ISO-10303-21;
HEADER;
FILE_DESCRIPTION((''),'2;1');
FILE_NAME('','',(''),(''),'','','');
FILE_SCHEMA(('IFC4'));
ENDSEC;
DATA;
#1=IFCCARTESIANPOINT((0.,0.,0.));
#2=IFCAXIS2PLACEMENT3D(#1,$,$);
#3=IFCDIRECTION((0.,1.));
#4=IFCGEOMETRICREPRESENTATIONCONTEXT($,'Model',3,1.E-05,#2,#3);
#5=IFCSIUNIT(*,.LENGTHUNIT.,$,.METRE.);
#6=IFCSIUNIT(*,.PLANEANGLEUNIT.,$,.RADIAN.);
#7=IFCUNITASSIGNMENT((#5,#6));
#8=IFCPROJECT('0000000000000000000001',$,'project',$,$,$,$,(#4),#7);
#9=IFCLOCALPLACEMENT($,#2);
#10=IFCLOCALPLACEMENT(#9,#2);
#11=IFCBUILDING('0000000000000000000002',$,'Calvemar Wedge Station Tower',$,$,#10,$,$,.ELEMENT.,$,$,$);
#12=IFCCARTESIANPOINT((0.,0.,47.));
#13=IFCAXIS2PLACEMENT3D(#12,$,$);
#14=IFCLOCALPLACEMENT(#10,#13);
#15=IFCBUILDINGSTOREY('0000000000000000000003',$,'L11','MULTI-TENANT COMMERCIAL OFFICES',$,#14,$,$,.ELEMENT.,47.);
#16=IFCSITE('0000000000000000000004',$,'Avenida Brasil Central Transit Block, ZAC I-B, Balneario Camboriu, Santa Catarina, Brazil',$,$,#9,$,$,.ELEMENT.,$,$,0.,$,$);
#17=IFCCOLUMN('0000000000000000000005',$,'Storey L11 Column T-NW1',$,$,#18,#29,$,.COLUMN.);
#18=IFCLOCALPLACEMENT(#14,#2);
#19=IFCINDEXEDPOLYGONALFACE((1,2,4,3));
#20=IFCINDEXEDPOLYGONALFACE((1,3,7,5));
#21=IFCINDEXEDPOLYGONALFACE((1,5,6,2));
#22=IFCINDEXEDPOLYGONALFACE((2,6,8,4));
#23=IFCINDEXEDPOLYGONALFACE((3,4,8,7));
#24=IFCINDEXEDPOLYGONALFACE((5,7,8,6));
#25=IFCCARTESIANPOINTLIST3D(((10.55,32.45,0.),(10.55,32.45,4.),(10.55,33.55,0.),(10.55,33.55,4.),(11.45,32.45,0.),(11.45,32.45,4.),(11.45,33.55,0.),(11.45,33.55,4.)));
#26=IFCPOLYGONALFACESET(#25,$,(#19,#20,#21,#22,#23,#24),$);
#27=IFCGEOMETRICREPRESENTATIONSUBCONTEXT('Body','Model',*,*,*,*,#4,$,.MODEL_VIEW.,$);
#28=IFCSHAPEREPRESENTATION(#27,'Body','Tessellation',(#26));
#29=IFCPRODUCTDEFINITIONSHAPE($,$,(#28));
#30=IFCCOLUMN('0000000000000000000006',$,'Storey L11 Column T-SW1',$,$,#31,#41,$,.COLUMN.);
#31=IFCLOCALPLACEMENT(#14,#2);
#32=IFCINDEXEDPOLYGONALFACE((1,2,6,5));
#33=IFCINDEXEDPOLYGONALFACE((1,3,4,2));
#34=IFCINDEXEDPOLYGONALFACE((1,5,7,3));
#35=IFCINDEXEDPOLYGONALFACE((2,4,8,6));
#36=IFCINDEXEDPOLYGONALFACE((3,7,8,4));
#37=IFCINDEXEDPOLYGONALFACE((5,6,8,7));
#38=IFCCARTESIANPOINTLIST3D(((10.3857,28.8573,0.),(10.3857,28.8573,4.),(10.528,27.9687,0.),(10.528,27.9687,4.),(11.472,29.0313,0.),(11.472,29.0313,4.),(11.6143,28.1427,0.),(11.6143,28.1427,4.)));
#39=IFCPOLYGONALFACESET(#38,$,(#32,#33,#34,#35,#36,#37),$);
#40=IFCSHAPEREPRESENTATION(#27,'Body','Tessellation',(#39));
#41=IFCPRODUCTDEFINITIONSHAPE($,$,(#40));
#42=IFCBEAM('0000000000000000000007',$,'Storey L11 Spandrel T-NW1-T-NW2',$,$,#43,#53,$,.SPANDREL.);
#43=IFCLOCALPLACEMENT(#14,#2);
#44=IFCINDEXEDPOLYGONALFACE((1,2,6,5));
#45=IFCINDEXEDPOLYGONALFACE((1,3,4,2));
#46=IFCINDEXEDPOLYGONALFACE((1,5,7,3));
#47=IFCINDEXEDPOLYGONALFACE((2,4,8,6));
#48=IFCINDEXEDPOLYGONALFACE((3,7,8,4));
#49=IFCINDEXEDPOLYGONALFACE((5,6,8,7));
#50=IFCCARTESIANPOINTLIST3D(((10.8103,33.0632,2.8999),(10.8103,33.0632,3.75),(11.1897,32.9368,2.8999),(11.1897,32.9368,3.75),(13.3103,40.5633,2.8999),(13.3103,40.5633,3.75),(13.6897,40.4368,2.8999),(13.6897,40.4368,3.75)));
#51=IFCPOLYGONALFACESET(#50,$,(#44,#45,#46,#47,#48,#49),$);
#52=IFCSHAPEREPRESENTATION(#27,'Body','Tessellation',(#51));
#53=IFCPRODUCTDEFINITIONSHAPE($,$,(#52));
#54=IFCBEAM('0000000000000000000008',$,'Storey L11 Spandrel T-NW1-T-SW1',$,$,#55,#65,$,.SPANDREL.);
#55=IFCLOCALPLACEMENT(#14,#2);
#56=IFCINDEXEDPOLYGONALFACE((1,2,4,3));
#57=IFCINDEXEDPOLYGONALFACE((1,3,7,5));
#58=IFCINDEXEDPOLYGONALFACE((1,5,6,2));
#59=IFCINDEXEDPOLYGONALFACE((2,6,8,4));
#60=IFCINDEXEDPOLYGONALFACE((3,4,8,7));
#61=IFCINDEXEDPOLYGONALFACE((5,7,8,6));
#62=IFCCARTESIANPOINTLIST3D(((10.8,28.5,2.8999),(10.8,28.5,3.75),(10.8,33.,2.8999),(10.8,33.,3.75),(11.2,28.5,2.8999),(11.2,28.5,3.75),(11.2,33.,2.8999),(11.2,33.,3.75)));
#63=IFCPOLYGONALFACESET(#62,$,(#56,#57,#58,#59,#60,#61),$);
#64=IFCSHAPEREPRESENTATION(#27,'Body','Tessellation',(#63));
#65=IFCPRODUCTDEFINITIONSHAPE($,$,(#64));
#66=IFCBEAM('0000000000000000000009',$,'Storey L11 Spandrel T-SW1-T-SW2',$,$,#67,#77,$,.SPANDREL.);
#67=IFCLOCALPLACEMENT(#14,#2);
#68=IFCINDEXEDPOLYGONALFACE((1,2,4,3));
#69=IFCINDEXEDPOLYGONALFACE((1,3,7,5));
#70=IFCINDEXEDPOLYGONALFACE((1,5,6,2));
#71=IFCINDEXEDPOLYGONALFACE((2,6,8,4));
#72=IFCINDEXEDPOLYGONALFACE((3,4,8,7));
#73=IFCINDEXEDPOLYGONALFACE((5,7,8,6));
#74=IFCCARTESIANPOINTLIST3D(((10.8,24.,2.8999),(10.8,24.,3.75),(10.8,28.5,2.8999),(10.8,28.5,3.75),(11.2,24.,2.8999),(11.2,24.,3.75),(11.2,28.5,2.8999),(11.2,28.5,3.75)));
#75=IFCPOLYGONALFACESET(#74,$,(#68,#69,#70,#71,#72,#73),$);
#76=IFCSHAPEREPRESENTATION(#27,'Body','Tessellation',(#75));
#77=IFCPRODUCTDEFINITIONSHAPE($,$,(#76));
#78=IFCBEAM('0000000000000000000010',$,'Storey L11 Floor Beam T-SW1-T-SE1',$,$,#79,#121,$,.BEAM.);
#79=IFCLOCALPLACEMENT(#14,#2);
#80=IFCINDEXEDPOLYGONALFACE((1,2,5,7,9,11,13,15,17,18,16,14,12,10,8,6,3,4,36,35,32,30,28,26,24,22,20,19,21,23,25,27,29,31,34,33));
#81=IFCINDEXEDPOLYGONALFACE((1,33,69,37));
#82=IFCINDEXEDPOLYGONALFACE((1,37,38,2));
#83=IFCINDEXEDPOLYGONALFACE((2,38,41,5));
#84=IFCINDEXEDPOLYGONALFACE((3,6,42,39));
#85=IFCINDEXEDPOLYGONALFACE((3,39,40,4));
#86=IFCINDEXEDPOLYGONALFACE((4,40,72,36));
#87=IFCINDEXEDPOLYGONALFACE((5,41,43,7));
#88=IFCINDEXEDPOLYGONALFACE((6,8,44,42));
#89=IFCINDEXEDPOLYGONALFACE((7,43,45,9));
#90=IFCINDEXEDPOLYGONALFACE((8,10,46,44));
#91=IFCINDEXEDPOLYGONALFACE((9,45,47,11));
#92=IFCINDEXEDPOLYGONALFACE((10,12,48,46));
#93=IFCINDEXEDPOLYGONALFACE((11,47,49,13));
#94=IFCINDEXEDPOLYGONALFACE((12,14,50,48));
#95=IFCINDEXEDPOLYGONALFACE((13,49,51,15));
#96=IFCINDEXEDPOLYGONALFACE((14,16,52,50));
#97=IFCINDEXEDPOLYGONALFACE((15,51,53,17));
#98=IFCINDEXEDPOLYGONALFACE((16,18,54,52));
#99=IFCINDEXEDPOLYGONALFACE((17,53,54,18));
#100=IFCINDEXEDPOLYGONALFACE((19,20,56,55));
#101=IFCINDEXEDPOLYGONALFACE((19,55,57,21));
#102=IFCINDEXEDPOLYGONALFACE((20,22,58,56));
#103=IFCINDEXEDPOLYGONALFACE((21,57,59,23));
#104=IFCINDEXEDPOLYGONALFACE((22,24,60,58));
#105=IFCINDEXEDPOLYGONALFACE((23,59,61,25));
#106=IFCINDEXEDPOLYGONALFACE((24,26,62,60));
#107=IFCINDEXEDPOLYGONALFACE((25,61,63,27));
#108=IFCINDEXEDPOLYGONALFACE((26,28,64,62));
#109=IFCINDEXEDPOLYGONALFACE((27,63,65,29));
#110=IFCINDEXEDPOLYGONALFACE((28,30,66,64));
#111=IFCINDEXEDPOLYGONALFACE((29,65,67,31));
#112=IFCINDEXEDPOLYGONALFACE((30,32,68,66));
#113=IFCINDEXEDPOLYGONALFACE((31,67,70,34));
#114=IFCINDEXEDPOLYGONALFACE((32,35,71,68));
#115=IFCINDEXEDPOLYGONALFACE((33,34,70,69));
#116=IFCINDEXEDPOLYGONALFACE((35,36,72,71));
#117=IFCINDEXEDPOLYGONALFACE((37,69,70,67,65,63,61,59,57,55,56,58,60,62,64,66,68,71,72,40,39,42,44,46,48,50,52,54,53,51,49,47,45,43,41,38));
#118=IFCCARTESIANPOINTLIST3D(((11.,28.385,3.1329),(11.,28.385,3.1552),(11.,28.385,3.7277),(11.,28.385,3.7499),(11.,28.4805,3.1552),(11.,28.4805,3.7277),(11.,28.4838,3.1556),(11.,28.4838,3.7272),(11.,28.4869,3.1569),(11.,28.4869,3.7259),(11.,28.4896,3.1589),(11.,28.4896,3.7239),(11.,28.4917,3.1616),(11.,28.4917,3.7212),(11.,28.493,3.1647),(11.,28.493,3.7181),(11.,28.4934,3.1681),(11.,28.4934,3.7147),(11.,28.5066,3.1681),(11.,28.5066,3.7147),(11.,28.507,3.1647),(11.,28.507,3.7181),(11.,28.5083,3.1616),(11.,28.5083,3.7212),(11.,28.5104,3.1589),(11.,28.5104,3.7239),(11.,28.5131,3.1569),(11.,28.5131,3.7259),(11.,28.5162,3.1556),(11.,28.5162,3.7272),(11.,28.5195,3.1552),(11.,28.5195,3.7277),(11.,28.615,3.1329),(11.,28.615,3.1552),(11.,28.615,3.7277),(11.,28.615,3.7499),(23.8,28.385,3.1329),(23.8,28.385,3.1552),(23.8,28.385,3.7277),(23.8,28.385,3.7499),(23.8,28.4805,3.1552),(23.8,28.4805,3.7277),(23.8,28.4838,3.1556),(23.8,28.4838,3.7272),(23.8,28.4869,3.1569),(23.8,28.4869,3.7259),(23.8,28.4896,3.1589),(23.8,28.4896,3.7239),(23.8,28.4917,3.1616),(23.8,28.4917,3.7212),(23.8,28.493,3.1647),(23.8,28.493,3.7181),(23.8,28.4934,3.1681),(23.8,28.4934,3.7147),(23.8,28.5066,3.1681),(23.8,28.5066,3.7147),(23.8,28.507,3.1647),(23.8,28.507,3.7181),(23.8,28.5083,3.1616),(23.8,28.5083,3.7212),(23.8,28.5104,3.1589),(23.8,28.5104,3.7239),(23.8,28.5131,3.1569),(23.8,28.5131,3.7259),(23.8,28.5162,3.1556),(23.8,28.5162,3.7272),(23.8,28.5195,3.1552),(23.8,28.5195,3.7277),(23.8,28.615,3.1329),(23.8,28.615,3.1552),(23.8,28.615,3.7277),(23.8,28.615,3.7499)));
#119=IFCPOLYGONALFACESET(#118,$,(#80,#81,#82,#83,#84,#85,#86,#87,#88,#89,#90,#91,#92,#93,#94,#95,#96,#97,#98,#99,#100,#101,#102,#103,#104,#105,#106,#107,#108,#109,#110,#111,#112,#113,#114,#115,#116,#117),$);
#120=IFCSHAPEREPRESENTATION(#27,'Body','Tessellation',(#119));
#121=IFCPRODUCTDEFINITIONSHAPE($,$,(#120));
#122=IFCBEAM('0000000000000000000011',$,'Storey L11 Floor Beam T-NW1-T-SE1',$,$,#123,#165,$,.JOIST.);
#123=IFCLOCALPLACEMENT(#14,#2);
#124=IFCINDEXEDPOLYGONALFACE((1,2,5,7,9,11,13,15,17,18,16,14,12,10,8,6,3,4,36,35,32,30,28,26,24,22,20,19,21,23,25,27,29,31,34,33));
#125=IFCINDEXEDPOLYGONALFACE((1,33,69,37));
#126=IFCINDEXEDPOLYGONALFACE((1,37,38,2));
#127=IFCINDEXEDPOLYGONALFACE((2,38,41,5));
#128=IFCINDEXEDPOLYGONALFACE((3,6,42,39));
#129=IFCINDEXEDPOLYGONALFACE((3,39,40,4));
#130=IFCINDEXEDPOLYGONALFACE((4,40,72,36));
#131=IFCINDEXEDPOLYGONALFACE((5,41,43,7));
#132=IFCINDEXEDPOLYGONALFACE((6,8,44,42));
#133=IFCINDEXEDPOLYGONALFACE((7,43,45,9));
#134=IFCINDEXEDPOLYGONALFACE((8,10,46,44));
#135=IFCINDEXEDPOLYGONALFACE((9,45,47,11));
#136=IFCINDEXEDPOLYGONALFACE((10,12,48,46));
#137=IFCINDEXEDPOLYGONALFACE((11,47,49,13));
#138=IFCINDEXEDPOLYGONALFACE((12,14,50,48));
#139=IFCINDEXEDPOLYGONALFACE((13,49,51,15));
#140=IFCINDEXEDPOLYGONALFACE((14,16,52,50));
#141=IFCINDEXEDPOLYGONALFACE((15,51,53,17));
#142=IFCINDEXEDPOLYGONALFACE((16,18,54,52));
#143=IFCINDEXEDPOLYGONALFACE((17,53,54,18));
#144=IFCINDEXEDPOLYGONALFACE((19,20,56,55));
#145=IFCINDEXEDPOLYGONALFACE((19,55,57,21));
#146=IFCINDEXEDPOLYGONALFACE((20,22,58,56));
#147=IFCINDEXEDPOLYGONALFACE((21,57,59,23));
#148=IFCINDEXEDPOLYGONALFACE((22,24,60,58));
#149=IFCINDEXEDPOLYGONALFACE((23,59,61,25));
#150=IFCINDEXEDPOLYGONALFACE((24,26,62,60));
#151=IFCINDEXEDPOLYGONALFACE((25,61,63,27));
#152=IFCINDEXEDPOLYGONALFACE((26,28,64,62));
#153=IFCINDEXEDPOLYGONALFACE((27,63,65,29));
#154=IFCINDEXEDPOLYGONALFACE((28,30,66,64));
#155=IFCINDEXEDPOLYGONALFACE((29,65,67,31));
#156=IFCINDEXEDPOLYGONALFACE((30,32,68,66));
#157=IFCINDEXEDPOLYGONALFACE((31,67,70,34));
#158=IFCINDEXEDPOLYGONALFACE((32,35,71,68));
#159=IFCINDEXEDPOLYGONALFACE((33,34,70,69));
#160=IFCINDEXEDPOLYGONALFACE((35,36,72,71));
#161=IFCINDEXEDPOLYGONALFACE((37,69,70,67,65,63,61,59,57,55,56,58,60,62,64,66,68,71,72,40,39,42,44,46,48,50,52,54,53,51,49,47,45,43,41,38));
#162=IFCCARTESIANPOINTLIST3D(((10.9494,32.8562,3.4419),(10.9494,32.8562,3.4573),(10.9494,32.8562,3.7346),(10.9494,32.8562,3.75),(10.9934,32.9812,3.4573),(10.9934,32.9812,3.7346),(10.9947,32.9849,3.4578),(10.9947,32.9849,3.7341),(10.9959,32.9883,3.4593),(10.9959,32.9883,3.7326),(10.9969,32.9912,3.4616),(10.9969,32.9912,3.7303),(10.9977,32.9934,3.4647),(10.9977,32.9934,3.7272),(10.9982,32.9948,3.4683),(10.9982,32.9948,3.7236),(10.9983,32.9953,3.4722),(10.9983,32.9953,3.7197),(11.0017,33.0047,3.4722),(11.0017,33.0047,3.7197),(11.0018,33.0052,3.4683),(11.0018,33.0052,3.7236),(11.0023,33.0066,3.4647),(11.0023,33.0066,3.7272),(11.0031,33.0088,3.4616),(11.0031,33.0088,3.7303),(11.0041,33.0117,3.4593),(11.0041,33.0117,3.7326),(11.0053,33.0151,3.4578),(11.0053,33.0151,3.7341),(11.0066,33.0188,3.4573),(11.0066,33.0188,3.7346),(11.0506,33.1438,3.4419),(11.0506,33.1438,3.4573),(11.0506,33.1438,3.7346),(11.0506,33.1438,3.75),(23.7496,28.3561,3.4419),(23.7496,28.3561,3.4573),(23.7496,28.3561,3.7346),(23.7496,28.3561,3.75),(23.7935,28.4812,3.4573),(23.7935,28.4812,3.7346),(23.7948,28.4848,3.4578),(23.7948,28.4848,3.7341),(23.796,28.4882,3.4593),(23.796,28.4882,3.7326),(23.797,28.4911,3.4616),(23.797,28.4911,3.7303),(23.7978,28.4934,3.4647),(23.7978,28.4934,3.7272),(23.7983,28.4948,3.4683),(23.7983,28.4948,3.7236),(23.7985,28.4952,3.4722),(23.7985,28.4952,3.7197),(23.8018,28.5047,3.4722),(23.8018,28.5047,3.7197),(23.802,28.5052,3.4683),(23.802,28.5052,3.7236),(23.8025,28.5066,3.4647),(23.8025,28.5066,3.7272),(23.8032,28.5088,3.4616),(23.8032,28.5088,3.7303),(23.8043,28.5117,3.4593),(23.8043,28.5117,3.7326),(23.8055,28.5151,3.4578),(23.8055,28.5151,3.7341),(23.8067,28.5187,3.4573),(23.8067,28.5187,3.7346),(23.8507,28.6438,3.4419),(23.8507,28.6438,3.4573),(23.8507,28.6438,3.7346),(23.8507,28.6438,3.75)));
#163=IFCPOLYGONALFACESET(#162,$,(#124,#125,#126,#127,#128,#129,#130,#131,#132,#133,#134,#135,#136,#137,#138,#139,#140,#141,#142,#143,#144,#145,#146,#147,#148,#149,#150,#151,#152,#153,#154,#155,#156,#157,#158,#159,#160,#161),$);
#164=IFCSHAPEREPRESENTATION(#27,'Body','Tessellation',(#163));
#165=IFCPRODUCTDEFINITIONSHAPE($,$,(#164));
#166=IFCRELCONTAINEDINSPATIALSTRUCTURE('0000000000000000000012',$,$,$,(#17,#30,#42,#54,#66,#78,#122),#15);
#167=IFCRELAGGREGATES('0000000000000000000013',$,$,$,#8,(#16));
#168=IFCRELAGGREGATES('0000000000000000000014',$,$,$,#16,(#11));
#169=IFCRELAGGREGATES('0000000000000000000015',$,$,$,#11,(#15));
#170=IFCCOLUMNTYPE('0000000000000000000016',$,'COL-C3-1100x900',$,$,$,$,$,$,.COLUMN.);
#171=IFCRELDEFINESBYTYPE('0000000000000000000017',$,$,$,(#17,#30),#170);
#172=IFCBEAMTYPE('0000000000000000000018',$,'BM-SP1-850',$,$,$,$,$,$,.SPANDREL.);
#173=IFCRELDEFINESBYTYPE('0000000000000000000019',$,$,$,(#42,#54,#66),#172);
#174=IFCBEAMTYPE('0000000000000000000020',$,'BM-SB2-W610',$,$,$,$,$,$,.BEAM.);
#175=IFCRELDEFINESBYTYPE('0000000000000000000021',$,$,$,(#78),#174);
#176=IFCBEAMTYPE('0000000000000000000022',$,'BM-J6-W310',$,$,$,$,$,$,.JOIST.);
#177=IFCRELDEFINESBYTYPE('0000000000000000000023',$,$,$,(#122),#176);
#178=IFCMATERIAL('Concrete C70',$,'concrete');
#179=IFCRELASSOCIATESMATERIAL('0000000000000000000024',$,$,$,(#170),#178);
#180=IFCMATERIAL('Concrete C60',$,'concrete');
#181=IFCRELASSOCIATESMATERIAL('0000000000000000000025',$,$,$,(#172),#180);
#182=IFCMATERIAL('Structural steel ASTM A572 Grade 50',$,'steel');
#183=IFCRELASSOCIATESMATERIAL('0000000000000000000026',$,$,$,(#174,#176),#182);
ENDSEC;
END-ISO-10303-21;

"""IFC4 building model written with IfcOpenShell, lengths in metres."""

from ifc_helpers import new_model, si_unit, direction, frame, origin, origin_2d, place, context, subcontext, project, spatial, rectangle, i_section, extrude, source, transform, mapped, material, material_profile, profile_set, type_object, element, save


model = new_model("IFC4")

# Units and contexts
model_context = context("Model", 3, precision=1e-05, world=origin(), true_north=direction((0.0, 1.0)))
body_context = subcontext(model_context, "Body", "Model", "MODEL_VIEW")
ifc_project = project(units=[si_unit("LENGTHUNIT", "METRE"), si_unit("PLANEANGLEUNIT", "RADIAN")], contexts=[model_context])

# Site, building, storey
site_placement = place(None, origin())
site = spatial("IfcSite", under=ifc_project, at=site_placement, Name="Avenida Brasil Central Transit Block, ZAC I-B, Balneario Camboriu, Santa Catarina, Brazil", CompositionType="ELEMENT", RefElevation=0.0)
building_placement = place(site_placement, origin())
building = spatial("IfcBuilding", under=site, at=building_placement, Name="Calvemar Wedge Station Tower", CompositionType="ELEMENT")
storey_placement = place(building_placement, frame((0.0, 0.0, 47.0)))
storey = spatial("IfcBuildingStorey", under=building, at=storey_placement, Name="L11", Description="MULTI-TENANT COMMERCIAL OFFICES", CompositionType="ELEMENT", Elevation=47.0)

# Columns
ifc_material_1 = material(Name="Concrete C70", Category="concrete")
ifc_material_profile_1 = material_profile(ifc_material_1, rectangle(XDim=0.8999, YDim=1.1001, at=origin_2d()), Name="RC1100x900")
ifc_profile_set_1 = profile_set([ifc_material_profile_1], Name="Concrete C70")
column_type = type_object("IfcColumnType", Name="COL-C3-1100x900", PredefinedType="COLUMN", material=ifc_profile_set_1)
shared_shape_1 = source(origin(), body_context, "Body", "SweptSolid", [
    extrude(rectangle(XDim=0.8999, YDim=1.1001, at=origin_2d()), origin(), (0.0, 0.0, 1.0), 4.0),
])
for number, where, z_axis, x_axis, name in (
    (1, (11.0, 33.0, 0.0), (0.0, 0.0, 1.0), (1.0, 0.0, 0.0), "Storey L11 Column T-NW1"),
    (2, (11.0, 28.5, 0.0), (0.0, 0.0, 1.0), (0.158158, -0.987414, 0.0), "Storey L11 Column T-SW1"),
):
    element("IfcColumn", number, at=place(storey_placement, frame(where, z_axis=z_axis, x_axis=x_axis)), inside=storey, type_object=column_type, Name=name, PredefinedType="COLUMN", context=body_context, shape_type="MappedRepresentation", body=[
        mapped(shared_shape_1, transform((0.0, 0.0, 0.0), scale=1.0)),
    ])

# Beams
ifc_material_2 = material(Name="Concrete C60", Category="concrete")
ifc_material_profile_2 = material_profile(ifc_material_2, rectangle(XDim=0.3999, YDim=0.8501, at=origin_2d()), Name="RC400x850")
ifc_profile_set_2 = profile_set([ifc_material_profile_2], Name="Concrete C60")
beam_type_1 = type_object("IfcBeamType", Name="BM-SP1-850", PredefinedType="SPANDREL", material=ifc_profile_set_2)
shared_shape_2 = source(origin(), body_context, "Body", "SweptSolid", [
    extrude(rectangle(XDim=0.3999, YDim=0.8501, at=origin_2d()), origin(), (0.0, 0.0, 1.0), 7.9058),
])
beam_1_placement = place(storey_placement, frame((11.0, 33.0, 3.325), z_axis=(0.316228, 0.948683, 0.0), x_axis=(-0.948683, 0.316228, 0.0)))
element("IfcBeam", 3, at=beam_1_placement, inside=storey, type_object=beam_type_1, Name="Storey L11 Spandrel T-NW1-T-NW2", PredefinedType="SPANDREL", context=body_context, shape_type="MappedRepresentation", body=[
    mapped(shared_shape_2, transform((0.0, 0.0, 0.0), scale=1.0)),
])
shared_shape_3 = source(origin(), body_context, "Body", "SweptSolid", [
    extrude(rectangle(XDim=0.3999, YDim=0.8501, at=origin_2d()), origin(), (0.0, 0.0, 1.0), 4.5),
])
for number, where, z_axis, x_axis, name in (
    (4, (11.0, 33.0, 3.325), (0.0, -1.0, 0.0), (1.0, 0.0, 0.0), "Storey L11 Spandrel T-NW1-T-SW1"),
    (5, (11.0, 28.5, 3.325), (0.0, -1.0, 0.0), (1.0, 0.0, 0.0), "Storey L11 Spandrel T-SW1-T-SW2"),
):
    element("IfcBeam", number, at=place(storey_placement, frame(where, z_axis=z_axis, x_axis=x_axis)), inside=storey, type_object=beam_type_1, Name=name, PredefinedType="SPANDREL", context=body_context, shape_type="MappedRepresentation", body=[
        mapped(shared_shape_3, transform((0.0, 0.0, 0.0), scale=1.0)),
    ])
ifc_material_3 = material(Name="Structural steel ASTM A572 Grade 50", Category="steel")
ifc_material_profile_3 = material_profile(ifc_material_3, i_section(OverallWidth=0.23, OverallDepth=0.6169, WebThickness=0.0132, FlangeThickness=0.0222, FilletRadius=0.0129, at=origin_2d()), Name="W610x140")
ifc_profile_set_3 = profile_set([ifc_material_profile_3], Name="Structural steel ASTM A572 Grade 50")
beam_type_2 = type_object("IfcBeamType", Name="BM-SB2-W610", PredefinedType="BEAM", material=ifc_profile_set_3)
shared_shape_4 = source(origin(), body_context, "Body", "SweptSolid", [
    extrude(i_section(OverallWidth=0.23, OverallDepth=0.6169, WebThickness=0.0132, FlangeThickness=0.0222, FilletRadius=0.0129, at=origin_2d()), origin(), (0.0, 0.0, 1.0), 12.8),
])
beam_2_placement = place(storey_placement, frame((11.0, 28.5, 3.4414), z_axis=(1.0, 0.0, 0.0), x_axis=(0.0, 1.0, 0.0)))
element("IfcBeam", 6, at=beam_2_placement, inside=storey, type_object=beam_type_2, Name="Storey L11 Floor Beam T-SW1-T-SE1", PredefinedType="BEAM", context=body_context, shape_type="MappedRepresentation", body=[
    mapped(shared_shape_4, transform((0.0, 0.0, 0.0), scale=1.0)),
])
ifc_material_profile_4 = material_profile(ifc_material_3, i_section(OverallWidth=0.3049, OverallDepth=0.3081, WebThickness=0.01, FlangeThickness=0.0154, FilletRadius=0.0149, at=origin_2d()), Name="W310x97")
ifc_profile_set_4 = profile_set([ifc_material_profile_4], Name="Structural steel ASTM A572 Grade 50")
beam_type_3 = type_object("IfcBeamType", Name="BM-J6-W310", PredefinedType="JOIST", material=ifc_profile_set_4)
shared_shape_5 = source(origin(), body_context, "Body", "SweptSolid", [
    extrude(i_section(OverallWidth=0.3049, OverallDepth=0.3081, WebThickness=0.01, FlangeThickness=0.0154, FilletRadius=0.0149, at=origin_2d()), origin(), (0.0, 0.0, 1.0), 13.5681),
])
for number, where, z_axis, x_axis, name in (
    (7, (11.0, 33.0, 3.5959), (0.943398, -0.331662, 0.0), (0.331662, 0.943398, 0.0), "Storey L11 Floor Beam T-NW1-T-SE1"),
):
    element("IfcBeam", number, at=place(storey_placement, frame(where, z_axis=z_axis, x_axis=x_axis)), inside=storey, type_object=beam_type_3, Name=name, PredefinedType="JOIST", context=body_context, shape_type="MappedRepresentation", body=[
        mapped(shared_shape_5, transform((0.0, 0.0, 0.0), scale=1.0)),
    ])

save(model, "model.ifc")
